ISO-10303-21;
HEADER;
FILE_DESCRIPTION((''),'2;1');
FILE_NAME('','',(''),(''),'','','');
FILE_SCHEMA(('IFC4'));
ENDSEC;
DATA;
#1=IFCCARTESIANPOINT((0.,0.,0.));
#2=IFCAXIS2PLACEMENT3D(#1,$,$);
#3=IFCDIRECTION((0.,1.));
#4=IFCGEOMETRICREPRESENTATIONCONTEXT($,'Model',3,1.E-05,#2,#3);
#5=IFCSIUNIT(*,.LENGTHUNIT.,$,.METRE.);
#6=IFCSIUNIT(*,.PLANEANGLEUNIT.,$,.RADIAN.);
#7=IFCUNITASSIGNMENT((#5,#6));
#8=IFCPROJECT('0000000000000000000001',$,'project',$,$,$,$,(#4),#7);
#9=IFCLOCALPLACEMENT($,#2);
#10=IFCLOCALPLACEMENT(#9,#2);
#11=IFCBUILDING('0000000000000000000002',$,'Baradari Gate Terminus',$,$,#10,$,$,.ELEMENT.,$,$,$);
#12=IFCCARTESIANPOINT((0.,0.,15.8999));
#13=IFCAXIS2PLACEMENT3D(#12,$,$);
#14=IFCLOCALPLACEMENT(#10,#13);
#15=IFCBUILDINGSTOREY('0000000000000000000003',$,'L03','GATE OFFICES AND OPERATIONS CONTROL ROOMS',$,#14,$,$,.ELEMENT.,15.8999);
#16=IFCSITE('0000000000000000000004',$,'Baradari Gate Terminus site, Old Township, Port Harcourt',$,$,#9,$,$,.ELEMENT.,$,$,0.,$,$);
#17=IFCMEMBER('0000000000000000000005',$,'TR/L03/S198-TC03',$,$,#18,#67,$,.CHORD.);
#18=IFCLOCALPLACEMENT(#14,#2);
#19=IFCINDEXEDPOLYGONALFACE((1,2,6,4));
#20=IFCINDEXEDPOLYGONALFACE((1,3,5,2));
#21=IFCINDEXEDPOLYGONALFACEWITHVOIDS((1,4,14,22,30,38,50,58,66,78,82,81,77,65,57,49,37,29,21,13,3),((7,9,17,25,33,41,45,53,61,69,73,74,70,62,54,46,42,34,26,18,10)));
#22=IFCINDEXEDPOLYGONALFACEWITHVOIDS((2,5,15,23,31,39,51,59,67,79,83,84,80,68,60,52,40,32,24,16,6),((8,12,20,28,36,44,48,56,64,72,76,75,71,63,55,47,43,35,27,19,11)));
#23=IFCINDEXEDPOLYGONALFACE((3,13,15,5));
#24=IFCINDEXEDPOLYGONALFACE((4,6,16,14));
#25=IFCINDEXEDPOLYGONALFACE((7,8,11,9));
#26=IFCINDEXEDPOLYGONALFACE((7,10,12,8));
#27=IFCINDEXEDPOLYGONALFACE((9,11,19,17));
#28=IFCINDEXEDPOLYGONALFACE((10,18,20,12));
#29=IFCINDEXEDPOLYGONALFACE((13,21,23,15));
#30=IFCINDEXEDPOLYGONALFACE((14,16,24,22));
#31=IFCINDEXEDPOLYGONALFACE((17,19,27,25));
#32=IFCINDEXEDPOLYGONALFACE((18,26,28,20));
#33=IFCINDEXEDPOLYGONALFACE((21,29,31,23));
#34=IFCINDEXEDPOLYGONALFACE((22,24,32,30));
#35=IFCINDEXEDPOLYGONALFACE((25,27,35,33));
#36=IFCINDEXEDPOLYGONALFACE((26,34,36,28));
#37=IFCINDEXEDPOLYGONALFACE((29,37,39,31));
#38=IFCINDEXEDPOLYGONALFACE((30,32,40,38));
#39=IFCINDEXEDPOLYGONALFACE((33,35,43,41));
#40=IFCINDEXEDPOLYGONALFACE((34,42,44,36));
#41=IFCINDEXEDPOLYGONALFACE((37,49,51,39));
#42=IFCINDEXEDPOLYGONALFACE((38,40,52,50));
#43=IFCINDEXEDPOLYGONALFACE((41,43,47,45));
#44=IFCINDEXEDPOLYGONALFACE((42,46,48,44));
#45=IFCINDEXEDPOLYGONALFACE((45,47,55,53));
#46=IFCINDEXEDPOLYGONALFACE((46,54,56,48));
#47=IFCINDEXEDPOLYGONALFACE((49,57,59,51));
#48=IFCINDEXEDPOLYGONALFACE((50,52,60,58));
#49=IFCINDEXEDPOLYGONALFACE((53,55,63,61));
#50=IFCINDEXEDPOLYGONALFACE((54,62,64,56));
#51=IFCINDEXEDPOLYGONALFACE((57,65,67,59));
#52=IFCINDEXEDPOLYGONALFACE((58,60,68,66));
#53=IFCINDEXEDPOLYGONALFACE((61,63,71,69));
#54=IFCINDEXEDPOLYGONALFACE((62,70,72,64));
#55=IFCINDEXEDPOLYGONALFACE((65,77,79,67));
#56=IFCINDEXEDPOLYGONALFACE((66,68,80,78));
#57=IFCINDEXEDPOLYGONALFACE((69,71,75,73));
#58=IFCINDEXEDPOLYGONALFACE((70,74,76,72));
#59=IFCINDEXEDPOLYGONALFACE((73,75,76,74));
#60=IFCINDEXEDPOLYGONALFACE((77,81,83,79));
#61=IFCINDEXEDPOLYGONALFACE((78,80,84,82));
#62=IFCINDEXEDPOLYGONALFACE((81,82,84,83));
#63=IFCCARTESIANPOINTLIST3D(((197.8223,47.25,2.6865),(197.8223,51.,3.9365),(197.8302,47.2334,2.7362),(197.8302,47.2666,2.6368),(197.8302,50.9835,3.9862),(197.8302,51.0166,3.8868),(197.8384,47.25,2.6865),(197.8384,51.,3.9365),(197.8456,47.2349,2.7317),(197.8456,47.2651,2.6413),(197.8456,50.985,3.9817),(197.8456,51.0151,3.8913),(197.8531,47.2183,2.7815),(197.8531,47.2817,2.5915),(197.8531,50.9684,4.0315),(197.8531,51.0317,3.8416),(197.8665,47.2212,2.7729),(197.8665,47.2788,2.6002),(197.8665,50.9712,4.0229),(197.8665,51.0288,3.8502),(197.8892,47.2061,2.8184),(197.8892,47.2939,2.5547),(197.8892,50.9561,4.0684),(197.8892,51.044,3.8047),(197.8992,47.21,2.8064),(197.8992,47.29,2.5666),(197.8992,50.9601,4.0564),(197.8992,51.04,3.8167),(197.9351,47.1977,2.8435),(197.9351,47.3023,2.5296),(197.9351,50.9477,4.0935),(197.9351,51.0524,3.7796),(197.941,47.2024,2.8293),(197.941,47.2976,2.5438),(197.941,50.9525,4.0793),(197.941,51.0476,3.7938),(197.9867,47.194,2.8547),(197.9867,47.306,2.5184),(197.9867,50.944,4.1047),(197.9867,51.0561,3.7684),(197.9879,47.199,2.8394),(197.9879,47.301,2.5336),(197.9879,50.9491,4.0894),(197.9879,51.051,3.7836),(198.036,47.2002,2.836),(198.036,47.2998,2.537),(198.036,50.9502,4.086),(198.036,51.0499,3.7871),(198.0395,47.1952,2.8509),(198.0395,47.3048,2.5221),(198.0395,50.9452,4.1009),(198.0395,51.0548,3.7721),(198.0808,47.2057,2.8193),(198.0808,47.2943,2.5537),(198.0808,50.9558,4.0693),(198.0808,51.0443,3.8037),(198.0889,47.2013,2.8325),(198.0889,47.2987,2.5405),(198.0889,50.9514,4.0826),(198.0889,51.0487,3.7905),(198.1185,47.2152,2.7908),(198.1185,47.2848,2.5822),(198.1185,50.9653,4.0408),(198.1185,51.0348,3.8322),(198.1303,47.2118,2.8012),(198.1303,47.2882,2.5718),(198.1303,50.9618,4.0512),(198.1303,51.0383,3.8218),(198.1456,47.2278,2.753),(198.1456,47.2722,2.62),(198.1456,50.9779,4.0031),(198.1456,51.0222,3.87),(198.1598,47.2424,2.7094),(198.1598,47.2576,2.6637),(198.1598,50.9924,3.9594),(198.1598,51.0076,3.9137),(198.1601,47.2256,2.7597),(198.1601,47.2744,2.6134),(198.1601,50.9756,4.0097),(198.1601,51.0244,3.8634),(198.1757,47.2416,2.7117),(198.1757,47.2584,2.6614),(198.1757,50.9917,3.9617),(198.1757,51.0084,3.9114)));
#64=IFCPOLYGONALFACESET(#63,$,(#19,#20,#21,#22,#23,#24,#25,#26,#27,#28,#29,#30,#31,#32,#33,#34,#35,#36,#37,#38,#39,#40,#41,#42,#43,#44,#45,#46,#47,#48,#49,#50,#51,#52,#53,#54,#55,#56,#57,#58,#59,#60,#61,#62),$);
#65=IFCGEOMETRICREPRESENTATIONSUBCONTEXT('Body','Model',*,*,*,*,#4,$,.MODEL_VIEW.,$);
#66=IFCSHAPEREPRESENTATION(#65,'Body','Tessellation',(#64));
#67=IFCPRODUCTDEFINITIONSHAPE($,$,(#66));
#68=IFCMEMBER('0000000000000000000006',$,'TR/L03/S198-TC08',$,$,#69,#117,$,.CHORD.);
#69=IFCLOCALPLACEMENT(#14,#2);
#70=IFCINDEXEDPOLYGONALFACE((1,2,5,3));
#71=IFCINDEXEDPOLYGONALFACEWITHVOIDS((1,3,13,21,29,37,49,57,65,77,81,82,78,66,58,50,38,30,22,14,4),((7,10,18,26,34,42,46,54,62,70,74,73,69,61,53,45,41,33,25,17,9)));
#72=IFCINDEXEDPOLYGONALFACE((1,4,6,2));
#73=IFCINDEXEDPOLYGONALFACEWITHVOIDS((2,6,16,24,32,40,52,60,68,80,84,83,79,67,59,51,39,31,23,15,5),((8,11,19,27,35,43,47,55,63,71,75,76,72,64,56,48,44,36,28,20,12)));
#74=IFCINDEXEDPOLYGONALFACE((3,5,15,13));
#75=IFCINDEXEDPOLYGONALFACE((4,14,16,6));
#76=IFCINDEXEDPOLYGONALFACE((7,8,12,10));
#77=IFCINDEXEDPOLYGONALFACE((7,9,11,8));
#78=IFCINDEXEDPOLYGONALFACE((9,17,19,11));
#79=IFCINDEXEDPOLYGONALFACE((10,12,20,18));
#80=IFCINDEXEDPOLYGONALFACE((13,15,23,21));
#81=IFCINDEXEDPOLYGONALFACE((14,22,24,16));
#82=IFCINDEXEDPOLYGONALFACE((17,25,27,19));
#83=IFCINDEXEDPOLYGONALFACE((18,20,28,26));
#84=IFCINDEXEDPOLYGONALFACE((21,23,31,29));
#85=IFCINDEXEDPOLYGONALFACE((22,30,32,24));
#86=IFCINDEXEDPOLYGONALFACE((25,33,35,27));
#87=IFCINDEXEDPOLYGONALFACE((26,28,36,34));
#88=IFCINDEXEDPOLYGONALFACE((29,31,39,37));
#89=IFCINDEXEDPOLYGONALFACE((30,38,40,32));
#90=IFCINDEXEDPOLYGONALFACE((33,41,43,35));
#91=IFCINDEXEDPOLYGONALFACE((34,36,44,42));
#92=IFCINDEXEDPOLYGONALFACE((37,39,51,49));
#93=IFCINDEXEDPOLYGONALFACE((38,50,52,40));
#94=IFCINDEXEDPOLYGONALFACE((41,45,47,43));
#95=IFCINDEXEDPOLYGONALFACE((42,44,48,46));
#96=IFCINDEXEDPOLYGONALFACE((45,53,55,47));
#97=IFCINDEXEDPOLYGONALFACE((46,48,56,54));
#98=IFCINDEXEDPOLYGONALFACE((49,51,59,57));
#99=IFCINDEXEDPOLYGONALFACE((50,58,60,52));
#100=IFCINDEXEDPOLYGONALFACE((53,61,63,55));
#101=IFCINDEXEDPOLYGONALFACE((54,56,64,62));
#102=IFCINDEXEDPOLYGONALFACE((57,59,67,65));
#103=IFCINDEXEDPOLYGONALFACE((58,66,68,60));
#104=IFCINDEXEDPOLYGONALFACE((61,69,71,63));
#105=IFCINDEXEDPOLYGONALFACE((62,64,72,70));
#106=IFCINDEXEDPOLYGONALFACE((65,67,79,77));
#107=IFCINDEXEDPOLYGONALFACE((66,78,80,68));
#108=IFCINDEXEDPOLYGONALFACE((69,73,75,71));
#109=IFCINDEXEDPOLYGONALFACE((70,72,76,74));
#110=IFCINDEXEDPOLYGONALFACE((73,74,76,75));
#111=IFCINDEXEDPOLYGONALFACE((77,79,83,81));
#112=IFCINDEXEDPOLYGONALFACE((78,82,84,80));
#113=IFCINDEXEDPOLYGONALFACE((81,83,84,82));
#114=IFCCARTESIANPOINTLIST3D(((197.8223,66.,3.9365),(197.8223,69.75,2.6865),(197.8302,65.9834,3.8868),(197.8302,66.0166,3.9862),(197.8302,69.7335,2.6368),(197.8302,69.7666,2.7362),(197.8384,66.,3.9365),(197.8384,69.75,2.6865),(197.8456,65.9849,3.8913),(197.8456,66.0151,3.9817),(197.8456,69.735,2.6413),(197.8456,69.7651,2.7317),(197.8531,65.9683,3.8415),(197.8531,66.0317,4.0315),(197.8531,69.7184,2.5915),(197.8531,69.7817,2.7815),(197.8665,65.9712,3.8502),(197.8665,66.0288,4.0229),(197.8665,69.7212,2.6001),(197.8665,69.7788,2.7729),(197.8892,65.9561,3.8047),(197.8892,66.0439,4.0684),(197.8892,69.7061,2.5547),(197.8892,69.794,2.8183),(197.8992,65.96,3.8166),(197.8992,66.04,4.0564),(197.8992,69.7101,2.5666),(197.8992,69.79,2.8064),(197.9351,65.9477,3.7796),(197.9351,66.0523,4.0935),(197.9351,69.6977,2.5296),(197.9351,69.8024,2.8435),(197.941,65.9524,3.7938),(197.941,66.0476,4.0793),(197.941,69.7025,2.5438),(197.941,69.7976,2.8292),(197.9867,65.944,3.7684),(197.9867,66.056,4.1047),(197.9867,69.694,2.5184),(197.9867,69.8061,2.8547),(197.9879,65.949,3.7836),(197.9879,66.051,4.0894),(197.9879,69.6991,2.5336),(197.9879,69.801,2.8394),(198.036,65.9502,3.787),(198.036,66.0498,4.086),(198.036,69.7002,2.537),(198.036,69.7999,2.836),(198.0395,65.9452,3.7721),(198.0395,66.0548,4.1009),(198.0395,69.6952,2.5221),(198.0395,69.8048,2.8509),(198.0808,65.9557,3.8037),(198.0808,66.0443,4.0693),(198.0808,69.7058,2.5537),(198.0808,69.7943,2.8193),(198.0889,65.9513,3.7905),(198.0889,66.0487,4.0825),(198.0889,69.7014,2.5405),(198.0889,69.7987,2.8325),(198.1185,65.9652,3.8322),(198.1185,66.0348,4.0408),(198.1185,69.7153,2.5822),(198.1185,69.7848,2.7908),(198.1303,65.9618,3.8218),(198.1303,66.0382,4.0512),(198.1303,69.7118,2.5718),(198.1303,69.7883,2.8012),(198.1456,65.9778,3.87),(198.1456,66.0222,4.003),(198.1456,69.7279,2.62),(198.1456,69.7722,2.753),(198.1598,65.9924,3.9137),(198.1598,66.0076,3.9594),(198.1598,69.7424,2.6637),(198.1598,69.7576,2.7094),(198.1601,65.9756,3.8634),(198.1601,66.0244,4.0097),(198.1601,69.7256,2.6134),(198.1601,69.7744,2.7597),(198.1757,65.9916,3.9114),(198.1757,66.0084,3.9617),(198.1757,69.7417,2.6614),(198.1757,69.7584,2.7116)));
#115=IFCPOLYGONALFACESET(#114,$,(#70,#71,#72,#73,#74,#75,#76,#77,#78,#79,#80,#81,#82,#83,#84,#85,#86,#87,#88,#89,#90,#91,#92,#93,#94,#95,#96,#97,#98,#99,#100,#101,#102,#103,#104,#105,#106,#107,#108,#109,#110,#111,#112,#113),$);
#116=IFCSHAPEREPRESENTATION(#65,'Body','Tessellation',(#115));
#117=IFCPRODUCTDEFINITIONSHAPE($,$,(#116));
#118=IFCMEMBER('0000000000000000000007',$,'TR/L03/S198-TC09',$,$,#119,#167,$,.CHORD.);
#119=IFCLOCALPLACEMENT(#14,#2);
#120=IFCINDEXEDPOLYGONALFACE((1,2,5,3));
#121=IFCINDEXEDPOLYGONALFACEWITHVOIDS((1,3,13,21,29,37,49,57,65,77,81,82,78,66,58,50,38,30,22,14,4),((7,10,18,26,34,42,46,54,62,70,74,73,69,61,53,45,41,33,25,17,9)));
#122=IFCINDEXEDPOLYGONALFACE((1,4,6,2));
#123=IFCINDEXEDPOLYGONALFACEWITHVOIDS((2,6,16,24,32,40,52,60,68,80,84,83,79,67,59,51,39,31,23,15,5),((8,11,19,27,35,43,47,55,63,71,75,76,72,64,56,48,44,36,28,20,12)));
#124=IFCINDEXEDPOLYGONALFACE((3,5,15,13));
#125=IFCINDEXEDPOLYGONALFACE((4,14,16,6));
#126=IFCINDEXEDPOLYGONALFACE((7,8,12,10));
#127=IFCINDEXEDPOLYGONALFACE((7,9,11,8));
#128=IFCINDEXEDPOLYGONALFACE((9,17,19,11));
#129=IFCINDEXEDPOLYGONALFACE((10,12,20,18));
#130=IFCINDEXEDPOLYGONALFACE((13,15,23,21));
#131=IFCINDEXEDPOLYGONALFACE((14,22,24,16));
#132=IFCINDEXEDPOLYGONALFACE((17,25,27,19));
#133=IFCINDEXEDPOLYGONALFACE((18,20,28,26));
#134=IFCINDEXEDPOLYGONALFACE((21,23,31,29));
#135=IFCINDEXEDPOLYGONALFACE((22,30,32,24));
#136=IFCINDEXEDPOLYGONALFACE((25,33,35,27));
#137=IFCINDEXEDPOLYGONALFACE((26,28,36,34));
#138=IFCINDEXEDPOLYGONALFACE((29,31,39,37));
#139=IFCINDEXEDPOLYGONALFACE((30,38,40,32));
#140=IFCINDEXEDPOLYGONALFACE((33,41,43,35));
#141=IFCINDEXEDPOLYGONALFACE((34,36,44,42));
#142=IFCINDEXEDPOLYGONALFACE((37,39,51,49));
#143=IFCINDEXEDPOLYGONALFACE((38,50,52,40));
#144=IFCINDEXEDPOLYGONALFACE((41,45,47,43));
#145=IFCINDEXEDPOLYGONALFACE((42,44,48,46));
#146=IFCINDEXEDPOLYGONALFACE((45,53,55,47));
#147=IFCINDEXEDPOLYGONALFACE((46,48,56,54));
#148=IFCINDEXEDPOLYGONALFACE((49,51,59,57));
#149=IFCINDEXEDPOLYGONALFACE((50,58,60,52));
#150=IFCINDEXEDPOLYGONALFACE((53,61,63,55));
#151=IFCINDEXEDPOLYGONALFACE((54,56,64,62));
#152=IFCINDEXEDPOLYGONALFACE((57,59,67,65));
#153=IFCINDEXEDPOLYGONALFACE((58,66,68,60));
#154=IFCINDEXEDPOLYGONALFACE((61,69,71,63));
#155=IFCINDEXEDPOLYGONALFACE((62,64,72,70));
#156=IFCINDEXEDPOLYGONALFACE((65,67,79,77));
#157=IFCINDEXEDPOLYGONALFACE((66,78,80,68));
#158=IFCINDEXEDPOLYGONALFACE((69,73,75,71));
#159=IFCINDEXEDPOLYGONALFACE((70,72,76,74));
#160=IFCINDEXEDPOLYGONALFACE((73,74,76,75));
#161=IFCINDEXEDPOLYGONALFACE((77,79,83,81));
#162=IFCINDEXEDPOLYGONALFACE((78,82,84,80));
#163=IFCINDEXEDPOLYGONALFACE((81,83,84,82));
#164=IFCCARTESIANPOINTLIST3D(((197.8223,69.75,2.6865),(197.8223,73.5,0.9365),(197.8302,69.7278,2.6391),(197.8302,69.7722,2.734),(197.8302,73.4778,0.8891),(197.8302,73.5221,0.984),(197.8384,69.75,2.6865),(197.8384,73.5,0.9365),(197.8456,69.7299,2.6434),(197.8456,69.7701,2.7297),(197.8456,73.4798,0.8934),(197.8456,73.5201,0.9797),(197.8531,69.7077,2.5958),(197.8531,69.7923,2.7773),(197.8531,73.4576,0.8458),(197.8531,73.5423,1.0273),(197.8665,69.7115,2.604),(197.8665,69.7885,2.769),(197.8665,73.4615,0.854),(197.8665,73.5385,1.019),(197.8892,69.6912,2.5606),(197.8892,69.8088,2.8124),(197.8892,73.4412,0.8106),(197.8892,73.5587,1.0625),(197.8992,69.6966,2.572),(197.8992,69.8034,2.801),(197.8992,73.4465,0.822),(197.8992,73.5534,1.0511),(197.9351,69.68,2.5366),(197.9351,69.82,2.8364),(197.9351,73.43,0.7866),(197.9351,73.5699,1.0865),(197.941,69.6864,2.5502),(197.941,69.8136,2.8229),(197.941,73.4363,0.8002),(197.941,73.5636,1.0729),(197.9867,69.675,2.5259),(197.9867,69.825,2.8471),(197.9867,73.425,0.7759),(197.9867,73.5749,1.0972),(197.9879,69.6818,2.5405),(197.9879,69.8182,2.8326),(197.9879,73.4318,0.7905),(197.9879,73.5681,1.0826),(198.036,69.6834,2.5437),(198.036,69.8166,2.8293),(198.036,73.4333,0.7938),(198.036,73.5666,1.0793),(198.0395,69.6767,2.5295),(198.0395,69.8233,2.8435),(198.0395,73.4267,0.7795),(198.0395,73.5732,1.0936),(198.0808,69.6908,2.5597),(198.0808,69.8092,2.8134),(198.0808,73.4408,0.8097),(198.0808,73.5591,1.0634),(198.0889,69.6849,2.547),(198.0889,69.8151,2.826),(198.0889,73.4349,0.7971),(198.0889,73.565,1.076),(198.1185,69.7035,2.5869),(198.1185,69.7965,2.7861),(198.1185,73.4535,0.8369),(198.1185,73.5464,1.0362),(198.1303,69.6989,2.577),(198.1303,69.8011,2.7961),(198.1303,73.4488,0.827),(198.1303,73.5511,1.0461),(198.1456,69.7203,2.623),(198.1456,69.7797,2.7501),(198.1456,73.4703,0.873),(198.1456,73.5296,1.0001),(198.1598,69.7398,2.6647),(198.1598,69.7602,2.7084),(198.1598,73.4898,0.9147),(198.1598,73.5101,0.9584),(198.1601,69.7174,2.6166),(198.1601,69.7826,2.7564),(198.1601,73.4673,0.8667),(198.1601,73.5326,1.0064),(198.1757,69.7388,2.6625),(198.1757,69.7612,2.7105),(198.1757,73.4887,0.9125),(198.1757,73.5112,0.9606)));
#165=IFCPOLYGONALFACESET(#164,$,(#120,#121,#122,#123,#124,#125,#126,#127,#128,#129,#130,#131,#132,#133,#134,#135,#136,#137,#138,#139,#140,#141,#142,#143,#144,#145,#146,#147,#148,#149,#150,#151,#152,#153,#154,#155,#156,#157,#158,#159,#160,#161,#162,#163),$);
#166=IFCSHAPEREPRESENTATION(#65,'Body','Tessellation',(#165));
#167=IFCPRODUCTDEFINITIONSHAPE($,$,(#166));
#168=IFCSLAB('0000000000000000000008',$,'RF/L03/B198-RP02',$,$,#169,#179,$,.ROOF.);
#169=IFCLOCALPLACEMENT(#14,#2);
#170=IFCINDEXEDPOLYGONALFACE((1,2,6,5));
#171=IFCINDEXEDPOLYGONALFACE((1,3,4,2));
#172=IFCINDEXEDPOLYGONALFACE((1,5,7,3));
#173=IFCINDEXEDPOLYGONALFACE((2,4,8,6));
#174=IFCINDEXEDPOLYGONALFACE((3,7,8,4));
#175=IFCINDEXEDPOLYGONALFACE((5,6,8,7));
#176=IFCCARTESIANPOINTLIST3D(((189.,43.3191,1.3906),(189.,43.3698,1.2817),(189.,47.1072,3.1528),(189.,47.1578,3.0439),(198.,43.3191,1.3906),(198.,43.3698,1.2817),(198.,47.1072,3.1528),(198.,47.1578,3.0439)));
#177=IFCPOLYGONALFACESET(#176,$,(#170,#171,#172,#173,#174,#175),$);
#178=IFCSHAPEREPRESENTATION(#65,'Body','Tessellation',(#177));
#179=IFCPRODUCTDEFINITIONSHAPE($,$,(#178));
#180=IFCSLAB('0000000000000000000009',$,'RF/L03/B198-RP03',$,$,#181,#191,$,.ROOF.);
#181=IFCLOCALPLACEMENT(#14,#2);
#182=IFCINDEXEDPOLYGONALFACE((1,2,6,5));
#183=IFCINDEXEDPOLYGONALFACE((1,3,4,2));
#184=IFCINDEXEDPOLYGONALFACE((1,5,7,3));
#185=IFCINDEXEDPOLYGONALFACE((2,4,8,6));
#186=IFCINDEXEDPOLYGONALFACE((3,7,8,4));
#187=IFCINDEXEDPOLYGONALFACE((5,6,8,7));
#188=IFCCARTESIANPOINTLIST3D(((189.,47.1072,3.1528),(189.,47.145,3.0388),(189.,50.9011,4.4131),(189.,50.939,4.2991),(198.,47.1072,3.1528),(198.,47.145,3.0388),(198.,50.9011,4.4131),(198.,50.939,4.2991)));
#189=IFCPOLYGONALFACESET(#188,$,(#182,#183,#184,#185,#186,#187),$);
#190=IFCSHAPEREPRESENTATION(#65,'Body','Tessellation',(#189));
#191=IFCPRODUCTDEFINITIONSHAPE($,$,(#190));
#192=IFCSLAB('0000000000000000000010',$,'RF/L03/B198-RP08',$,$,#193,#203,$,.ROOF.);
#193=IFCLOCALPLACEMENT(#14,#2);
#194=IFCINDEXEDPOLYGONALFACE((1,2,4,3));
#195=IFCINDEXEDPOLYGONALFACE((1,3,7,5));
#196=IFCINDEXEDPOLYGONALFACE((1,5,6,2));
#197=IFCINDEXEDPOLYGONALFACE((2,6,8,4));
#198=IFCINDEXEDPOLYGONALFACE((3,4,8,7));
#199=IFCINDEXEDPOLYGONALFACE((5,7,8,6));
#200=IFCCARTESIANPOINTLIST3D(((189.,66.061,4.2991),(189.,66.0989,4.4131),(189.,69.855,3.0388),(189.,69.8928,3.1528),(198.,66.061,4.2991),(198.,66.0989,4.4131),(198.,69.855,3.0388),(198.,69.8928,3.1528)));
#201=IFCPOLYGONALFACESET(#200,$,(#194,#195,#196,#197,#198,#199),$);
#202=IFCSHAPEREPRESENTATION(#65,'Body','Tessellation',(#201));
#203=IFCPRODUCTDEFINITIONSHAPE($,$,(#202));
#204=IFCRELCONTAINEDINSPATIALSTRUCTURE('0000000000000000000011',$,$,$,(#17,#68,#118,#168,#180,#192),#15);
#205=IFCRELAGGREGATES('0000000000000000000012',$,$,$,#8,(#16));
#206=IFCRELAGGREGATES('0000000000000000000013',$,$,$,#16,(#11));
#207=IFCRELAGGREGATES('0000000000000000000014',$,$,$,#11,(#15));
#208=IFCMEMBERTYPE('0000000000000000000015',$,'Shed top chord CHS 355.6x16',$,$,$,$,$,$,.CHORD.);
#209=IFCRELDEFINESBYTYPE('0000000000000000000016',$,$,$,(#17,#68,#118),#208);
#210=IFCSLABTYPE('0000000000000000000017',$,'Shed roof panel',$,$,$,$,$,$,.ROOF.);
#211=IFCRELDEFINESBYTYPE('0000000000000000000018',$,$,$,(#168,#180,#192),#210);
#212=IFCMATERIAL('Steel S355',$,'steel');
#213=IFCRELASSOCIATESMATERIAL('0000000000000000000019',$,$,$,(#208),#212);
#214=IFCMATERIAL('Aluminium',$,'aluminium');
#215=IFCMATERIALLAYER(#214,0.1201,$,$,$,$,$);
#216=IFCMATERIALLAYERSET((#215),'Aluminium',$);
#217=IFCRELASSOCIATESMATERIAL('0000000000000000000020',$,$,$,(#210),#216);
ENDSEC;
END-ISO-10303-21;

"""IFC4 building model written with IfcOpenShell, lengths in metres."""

from ifc_helpers import new_model, si_unit, direction, frame, origin, origin_2d, place, context, subcontext, project, spatial, polyline, hollow_circle, outline, extrude, material, layer, layer_set, material_profile, profile_set, type_object, element, save


model = new_model("IFC4")

# Units and contexts
model_context = context("Model", 3, precision=1e-05, world=origin(), true_north=direction((0.0, 1.0)))
body_context = subcontext(model_context, "Body", "Model", "MODEL_VIEW")
ifc_project = project(units=[si_unit("LENGTHUNIT", "METRE"), si_unit("PLANEANGLEUNIT", "RADIAN")], contexts=[model_context])

# Site, building, storey
site_placement = place(None, origin())
site = spatial("IfcSite", under=ifc_project, at=site_placement, Name="Baradari Gate Terminus site, Old Township, Port Harcourt", CompositionType="ELEMENT", RefElevation=0.0)
building_placement = place(site_placement, origin())
building = spatial("IfcBuilding", under=site, at=building_placement, Name="Baradari Gate Terminus", CompositionType="ELEMENT")
storey_placement = place(building_placement, frame((0.0, 0.0, 15.8999)))
storey = spatial("IfcBuildingStorey", under=building, at=storey_placement, Name="L03", Description="GATE OFFICES AND OPERATIONS CONTROL ROOMS", CompositionType="ELEMENT", Elevation=15.8999)

# Members
ifc_material_1 = material(Name="Steel S355", Category="steel")
ifc_material_profile_1 = material_profile(ifc_material_1, hollow_circle(Radius=0.1777, WallThickness=0.0161, at=origin_2d()), Name="CHS 355.6x16")
ifc_profile_set_1 = profile_set([ifc_material_profile_1], Name="Steel S355")
member_type_1 = type_object("IfcMemberType", Name="Shed top chord CHS 355.6x16", PredefinedType="CHORD", material=ifc_profile_set_1)
for number, where, z_axis, x_axis, name in (
    (1, (198.0, 47.25, 2.6865), (0.0, 0.948683, 0.316228), (-1.0, 0.0, 0.0), "TR/L03/S198-TC03"),
    (2, (198.0, 66.0, 3.9365), (0.0, 0.948683, -0.316228), (-1.0, 0.0, 0.0), "TR/L03/S198-TC08"),
):
    element("IfcMember", number, at=place(storey_placement, frame(where, z_axis=z_axis, x_axis=x_axis)), inside=storey, type_object=member_type_1, Name=name, PredefinedType="CHORD", context=body_context, shape_type="SweptSolid", body=[
        extrude(hollow_circle(Radius=0.1777, WallThickness=0.0161, at=origin_2d()), origin(), (0.0, 0.0, 1.0), 3.9529),
    ])
member_1_placement = place(storey_placement, frame((198.0, 69.75, 2.6865), z_axis=(0.0, 0.906183, -0.422885), x_axis=(-1.0, 0.0, 0.0)))
element("IfcMember", 3, at=member_1_placement, inside=storey, type_object=member_type_1, Name="TR/L03/S198-TC09", PredefinedType="CHORD", context=body_context, shape_type="SweptSolid", body=[
    extrude(hollow_circle(Radius=0.1777, WallThickness=0.0161, at=origin_2d()), origin(), (0.0, 0.0, 1.0), 4.1382),
])

# Slabs
ifc_material_2 = material(Name="Aluminium", Category="aluminium")
ifc_layer = layer(ifc_material_2, 0.1201)
ifc_layer_set = layer_set([ifc_layer], Name="Aluminium")
slab_type = type_object("IfcSlabType", Name="Shed roof panel", PredefinedType="ROOF", material=ifc_layer_set)
slab_1_placement = place(storey_placement, frame((189.0, 43.3191, 1.3906), z_axis=(0.0, -0.421791, 0.906693), x_axis=(1.0, 0.0, 0.0)))
element("IfcSlab", 4, at=slab_1_placement, inside=storey, type_object=slab_type, Name="RF/L03/B198-RP02", PredefinedType="ROOF", context=body_context, shape_type="SweptSolid", body=[
    extrude(outline(polyline([(0.0, 0.0), (9.0, 0.0), (9.0, 4.1779), (0.0, 4.1779), (0.0, 0.0)])), origin(), (0.0, 0.0, -1.0), 0.1201),
])
for number, where, z_axis, x_axis, name in (
    (5, (189.0, 47.1072, 3.1528), (0.0, -0.315238, 0.949013), (1.0, 0.0, 0.0), "RF/L03/B198-RP03"),
    (6, (189.0, 66.0989, 4.4131), (0.0, 0.315238, 0.949013), (1.0, 0.0, 0.0), "RF/L03/B198-RP08"),
):
    element("IfcSlab", number, at=place(storey_placement, frame(where, z_axis=z_axis, x_axis=x_axis)), inside=storey, type_object=slab_type, Name=name, PredefinedType="ROOF", context=body_context, shape_type="SweptSolid", body=[
        extrude(outline(polyline([(0.0, 0.0), (9.0, 0.0), (9.0, 3.9978), (0.0, 3.9978), (0.0, 0.0)])), origin(), (0.0, 0.0, -1.0), 0.1201),
    ])

save(model, "model.ifc")
